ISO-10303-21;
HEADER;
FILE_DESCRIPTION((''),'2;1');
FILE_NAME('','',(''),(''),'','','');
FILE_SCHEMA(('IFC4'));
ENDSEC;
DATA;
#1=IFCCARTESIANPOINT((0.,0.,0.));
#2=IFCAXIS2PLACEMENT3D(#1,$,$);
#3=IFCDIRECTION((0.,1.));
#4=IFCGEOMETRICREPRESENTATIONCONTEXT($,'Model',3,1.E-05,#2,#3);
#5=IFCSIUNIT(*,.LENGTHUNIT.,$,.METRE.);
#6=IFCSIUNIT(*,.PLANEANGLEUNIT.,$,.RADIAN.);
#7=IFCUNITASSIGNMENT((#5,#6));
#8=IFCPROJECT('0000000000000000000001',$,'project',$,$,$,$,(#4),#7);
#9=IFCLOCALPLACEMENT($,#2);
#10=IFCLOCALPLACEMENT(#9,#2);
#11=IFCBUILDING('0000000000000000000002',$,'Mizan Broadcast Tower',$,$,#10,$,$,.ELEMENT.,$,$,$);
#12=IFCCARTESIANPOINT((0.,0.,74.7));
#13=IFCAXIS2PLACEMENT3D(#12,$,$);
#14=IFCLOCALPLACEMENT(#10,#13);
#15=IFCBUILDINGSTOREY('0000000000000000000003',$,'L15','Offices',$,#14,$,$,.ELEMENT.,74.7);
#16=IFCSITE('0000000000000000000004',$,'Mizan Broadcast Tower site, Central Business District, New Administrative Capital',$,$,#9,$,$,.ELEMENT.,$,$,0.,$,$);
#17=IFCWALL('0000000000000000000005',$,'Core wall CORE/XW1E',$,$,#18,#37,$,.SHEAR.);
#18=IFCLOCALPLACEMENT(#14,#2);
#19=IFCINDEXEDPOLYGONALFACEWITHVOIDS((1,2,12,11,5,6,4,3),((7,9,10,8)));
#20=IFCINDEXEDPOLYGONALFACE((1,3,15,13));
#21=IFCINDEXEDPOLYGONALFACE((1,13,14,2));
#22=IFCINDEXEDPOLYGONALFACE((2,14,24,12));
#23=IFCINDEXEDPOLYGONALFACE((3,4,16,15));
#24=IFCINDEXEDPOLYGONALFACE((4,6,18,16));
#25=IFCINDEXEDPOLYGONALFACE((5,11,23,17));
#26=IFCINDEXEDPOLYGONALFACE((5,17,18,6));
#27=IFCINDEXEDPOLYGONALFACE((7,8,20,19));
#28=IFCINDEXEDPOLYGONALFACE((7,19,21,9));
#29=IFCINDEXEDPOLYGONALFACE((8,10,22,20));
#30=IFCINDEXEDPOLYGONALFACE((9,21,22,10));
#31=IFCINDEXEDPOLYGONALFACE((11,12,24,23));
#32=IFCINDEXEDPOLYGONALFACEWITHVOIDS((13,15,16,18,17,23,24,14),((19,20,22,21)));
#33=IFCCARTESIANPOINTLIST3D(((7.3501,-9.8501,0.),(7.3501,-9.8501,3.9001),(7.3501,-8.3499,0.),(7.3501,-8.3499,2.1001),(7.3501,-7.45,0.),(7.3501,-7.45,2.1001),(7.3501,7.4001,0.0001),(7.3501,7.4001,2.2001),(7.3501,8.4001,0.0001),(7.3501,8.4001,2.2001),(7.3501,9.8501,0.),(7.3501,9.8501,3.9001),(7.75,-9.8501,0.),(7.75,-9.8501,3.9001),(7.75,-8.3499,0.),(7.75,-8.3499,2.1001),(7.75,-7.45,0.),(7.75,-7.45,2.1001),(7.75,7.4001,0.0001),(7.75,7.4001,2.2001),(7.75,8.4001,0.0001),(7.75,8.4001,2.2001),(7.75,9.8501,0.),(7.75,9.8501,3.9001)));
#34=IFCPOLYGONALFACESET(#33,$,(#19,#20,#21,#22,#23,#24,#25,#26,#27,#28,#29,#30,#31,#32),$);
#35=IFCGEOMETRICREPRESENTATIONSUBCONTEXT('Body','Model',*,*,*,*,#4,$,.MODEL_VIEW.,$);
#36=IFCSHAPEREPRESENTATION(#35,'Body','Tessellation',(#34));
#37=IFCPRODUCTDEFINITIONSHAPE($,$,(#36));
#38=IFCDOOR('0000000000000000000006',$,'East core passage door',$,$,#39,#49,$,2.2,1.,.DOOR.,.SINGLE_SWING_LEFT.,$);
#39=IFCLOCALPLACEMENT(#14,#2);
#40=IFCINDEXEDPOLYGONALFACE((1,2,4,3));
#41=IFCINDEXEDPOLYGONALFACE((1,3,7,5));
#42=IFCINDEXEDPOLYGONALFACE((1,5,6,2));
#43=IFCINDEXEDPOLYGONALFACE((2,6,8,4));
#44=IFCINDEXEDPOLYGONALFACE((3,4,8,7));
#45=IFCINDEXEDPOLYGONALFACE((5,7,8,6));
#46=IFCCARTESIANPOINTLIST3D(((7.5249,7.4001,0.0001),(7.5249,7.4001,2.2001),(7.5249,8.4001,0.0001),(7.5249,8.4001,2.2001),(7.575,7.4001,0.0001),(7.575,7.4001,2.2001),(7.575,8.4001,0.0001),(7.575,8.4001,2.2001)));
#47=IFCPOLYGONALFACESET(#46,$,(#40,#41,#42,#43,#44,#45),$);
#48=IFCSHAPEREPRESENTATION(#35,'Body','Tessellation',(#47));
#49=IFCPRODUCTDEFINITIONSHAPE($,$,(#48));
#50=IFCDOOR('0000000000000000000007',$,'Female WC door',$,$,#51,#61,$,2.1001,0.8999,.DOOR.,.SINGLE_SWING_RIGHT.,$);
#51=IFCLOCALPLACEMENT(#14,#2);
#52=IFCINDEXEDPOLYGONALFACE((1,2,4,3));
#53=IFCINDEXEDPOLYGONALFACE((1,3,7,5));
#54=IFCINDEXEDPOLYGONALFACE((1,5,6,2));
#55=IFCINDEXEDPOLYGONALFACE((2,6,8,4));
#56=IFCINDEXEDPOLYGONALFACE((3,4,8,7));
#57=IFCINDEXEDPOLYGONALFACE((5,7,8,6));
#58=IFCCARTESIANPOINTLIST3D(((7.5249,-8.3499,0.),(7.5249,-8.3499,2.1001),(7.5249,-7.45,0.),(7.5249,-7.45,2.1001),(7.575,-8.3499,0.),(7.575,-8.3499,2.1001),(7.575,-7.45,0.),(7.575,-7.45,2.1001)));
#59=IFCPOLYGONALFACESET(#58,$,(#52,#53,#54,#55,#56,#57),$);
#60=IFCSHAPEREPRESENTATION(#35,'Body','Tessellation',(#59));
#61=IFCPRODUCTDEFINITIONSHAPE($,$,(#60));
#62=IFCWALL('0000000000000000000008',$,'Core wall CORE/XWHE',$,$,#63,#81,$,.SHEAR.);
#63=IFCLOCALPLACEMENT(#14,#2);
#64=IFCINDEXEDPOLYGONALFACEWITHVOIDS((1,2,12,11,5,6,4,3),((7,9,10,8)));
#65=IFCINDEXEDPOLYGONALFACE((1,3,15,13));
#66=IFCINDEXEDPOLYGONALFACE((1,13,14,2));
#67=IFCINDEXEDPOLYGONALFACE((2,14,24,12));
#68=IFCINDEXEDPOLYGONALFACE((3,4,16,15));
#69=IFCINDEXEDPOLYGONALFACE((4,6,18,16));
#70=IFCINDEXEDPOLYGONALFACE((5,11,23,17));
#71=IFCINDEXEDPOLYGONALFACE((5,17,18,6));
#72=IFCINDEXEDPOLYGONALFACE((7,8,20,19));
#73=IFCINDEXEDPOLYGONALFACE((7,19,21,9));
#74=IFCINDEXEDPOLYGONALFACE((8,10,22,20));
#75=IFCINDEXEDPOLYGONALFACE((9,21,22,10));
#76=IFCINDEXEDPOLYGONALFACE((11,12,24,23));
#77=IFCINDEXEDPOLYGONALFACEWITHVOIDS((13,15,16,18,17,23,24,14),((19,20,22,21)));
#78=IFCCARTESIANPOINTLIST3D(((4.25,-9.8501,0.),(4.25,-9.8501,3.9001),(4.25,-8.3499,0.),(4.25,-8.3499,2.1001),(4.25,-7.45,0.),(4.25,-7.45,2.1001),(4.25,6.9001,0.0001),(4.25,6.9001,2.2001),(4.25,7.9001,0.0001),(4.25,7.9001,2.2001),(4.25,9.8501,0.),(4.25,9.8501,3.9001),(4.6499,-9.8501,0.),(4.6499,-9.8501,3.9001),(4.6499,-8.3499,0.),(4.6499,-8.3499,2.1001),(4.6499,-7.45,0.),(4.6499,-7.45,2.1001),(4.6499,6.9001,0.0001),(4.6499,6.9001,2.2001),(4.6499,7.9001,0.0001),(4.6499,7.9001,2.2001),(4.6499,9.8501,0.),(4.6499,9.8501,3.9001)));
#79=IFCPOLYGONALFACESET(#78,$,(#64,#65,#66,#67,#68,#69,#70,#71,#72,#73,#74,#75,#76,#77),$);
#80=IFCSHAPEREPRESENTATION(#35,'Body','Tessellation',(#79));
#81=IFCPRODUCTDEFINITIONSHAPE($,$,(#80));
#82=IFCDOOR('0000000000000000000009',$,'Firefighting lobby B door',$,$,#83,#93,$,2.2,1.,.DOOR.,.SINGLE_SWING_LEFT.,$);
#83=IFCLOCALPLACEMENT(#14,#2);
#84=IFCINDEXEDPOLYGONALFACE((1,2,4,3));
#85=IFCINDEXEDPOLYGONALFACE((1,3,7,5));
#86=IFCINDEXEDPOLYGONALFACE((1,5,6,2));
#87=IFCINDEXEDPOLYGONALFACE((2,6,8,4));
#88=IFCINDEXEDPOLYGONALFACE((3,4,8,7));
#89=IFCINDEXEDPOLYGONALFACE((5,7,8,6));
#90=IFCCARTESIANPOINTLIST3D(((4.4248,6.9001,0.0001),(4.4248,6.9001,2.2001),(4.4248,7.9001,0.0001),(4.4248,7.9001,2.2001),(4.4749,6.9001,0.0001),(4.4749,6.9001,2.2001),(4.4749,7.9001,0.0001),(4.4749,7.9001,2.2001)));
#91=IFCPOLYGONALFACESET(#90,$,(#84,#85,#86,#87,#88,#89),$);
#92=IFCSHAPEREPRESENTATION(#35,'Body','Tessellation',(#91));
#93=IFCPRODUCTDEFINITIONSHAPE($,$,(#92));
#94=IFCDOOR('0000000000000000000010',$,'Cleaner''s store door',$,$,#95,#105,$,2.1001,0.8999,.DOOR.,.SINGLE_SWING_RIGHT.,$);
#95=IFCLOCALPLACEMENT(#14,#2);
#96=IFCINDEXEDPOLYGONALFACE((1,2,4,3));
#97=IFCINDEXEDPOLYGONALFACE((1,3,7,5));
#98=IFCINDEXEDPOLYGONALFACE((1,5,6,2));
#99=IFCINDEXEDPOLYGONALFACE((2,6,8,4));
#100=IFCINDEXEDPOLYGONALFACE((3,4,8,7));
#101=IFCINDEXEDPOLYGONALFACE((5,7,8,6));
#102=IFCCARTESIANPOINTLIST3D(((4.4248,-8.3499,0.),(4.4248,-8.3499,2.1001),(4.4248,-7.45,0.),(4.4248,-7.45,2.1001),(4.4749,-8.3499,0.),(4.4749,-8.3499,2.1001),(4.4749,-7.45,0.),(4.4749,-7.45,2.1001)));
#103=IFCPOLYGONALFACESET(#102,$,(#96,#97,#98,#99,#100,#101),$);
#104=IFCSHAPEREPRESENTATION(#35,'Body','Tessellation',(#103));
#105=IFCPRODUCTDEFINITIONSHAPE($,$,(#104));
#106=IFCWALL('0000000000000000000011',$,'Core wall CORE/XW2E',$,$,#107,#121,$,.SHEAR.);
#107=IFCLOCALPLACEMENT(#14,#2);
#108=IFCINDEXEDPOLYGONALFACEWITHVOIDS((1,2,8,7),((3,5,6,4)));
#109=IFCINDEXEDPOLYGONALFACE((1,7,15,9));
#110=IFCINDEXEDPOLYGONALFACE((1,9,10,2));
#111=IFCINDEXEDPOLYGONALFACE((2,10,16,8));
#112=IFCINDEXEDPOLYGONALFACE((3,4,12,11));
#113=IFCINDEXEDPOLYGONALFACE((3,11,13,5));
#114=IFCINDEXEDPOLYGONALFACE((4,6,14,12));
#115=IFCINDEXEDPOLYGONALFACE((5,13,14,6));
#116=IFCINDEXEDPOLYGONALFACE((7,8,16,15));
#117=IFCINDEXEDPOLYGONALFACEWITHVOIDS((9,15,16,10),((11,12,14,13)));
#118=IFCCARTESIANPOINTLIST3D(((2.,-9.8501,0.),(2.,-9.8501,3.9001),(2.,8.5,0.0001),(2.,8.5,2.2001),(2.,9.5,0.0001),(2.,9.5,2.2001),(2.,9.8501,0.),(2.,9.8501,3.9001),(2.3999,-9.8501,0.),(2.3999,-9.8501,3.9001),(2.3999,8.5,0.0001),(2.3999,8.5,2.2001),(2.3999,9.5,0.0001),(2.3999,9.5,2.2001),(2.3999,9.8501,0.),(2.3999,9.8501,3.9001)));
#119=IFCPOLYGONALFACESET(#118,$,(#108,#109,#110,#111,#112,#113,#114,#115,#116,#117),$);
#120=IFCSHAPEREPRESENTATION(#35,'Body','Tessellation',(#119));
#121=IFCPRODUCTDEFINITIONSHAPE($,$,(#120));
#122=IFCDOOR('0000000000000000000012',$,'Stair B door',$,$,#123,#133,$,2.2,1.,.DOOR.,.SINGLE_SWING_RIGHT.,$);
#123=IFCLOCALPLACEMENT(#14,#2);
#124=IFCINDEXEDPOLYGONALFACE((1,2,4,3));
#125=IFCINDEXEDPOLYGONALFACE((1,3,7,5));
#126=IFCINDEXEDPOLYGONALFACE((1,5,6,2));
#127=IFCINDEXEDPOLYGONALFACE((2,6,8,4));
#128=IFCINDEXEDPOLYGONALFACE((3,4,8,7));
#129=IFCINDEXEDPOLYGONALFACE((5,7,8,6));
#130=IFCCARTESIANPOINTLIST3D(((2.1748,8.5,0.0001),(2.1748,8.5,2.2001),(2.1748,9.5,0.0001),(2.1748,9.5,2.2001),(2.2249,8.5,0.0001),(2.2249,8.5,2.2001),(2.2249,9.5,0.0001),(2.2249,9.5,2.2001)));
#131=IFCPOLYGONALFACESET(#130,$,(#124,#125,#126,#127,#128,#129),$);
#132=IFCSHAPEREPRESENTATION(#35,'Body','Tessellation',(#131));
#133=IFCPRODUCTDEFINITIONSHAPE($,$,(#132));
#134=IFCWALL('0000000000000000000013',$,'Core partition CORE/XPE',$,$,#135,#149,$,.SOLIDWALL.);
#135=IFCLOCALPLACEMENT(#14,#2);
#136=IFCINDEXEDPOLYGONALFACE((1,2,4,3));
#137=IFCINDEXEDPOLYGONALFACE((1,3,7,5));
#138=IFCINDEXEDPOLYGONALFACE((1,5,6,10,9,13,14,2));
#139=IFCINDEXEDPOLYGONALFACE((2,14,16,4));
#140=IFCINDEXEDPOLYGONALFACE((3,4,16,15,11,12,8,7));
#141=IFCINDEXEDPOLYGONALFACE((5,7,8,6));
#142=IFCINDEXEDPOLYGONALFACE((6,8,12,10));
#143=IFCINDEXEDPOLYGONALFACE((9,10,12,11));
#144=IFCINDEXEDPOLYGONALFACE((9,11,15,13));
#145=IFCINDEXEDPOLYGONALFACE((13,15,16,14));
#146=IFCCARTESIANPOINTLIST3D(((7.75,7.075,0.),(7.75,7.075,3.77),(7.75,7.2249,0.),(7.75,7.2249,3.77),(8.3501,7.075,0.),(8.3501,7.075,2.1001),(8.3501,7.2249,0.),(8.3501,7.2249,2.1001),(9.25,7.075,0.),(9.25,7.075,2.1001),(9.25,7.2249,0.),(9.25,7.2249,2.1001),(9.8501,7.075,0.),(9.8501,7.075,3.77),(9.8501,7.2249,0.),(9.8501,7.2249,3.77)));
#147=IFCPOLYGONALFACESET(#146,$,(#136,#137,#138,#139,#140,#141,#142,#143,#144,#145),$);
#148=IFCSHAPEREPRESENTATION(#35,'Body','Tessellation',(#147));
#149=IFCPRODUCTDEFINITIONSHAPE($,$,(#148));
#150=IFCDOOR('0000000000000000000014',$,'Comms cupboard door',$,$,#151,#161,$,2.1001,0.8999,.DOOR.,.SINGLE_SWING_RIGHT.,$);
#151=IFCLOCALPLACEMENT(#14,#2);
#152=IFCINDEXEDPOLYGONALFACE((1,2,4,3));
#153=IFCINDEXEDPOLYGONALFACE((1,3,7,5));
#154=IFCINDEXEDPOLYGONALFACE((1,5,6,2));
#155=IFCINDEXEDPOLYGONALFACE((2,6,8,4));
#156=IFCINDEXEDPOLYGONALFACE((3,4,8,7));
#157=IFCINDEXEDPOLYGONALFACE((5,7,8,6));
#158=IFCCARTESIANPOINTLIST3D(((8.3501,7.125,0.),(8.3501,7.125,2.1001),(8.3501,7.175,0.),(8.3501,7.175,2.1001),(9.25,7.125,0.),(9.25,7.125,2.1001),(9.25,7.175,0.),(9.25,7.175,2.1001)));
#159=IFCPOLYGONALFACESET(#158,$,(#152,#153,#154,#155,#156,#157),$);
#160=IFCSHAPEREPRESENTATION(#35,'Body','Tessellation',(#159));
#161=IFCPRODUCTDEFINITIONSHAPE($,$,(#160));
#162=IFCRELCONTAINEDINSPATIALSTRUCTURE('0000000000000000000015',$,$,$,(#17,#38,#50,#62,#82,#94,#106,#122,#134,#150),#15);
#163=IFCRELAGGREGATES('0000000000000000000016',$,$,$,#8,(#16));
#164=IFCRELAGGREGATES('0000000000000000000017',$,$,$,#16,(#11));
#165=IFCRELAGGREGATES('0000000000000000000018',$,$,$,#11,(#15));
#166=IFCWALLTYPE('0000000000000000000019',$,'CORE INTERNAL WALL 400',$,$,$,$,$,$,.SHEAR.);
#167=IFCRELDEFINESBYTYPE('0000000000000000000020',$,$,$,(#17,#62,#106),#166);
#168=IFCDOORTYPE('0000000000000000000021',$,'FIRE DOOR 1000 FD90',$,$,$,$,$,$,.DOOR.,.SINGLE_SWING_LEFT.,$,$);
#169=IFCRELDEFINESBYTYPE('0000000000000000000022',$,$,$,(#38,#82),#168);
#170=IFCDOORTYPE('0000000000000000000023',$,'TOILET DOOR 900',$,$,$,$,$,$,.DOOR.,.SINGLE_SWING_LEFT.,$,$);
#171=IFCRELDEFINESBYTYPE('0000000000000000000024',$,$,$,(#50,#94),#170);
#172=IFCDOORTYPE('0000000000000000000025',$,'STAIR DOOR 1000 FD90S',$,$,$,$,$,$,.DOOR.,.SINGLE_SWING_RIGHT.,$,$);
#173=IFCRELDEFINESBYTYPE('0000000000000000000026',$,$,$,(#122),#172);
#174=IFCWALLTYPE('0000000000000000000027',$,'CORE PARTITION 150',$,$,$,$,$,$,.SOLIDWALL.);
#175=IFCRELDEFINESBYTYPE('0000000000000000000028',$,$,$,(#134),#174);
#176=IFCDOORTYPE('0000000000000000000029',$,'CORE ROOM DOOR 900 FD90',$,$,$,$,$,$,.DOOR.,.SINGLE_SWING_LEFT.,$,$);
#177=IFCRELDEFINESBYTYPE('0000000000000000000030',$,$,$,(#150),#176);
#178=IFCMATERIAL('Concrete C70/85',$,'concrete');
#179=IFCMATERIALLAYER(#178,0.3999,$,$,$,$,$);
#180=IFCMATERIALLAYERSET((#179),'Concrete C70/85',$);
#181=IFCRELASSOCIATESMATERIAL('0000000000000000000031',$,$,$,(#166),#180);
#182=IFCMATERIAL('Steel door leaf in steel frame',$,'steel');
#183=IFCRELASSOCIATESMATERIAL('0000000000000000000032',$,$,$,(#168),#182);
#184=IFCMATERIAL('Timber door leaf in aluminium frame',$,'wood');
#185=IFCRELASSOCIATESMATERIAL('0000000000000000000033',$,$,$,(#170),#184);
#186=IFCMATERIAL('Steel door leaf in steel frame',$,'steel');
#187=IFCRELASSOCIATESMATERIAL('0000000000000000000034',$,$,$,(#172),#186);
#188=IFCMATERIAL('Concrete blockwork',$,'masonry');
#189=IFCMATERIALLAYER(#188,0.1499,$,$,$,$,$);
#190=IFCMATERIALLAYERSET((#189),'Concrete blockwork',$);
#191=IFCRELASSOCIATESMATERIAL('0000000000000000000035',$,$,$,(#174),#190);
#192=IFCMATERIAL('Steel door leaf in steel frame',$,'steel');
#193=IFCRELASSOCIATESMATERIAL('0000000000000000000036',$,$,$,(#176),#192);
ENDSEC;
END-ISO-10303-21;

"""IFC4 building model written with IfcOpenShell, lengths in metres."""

from ifc_helpers import new_model, si_unit, direction, frame, frame_2d, origin, place, context, subcontext, project, spatial, rectangle, extrude, material, layer, layer_set, type_object, element, fill, save


model = new_model("IFC4")

# Units and contexts
model_context = context("Model", 3, precision=1e-05, world=origin(), true_north=direction((0.0, 1.0)))
body_context = subcontext(model_context, "Body", "Model", "MODEL_VIEW")
ifc_project = project(units=[si_unit("LENGTHUNIT", "METRE"), si_unit("PLANEANGLEUNIT", "RADIAN")], contexts=[model_context])

# Site, building, storey
site_placement = place(None, origin())
site = spatial("IfcSite", under=ifc_project, at=site_placement, Name="Mizan Broadcast Tower site, Central Business District, New Administrative Capital", CompositionType="ELEMENT", RefElevation=0.0)
building_placement = place(site_placement, origin())
building = spatial("IfcBuilding", under=site, at=building_placement, Name="Mizan Broadcast Tower", CompositionType="ELEMENT")
storey_placement = place(building_placement, frame((0.0, 0.0, 74.7)))
storey = spatial("IfcBuildingStorey", under=building, at=storey_placement, Name="L15", Description="Offices", CompositionType="ELEMENT", Elevation=74.7)

# Walls, openings, doors
ifc_material_1 = material(Name="Concrete C70/85", Category="concrete")
ifc_layer_1 = layer(ifc_material_1, 0.3999)
ifc_layer_set_1 = layer_set([ifc_layer_1], Name="Concrete C70/85")
wall_type_1 = type_object("IfcWallType", Name="CORE INTERNAL WALL 400", PredefinedType="SHEAR", material=ifc_layer_set_1)
wall_1_placement = place(storey_placement, frame((7.55, 9.8501, 0.0), z_axis=(0.0, 0.0, 1.0), x_axis=(0.0, -1.0, 0.0)))
wall_1 = element("IfcWall", 1, at=wall_1_placement, inside=storey, type_object=wall_type_1, Name="Core wall CORE/XW1E", PredefinedType="SHEAR", context=body_context, shape_type="SweptSolid", body=[
    extrude(rectangle(XDim=19.7002, YDim=0.3999, at=frame_2d((9.8501, 0.0))), origin(), (0.0, 0.0, 1.0), 3.9001),
])
opening_1_placement = place(wall_1_placement, frame((1.45, 0.0, 0.0)))
opening_1 = element("IfcOpeningElement", 2, at=opening_1_placement, cuts=wall_1, PredefinedType="OPENING", context=body_context, shape_type="SweptSolid", body=[
    extrude(rectangle(XDim=1.0, YDim=2.2, at=frame_2d((0.5, 1.1001))), frame((0.0, 0.21, 0.0), z_axis=(0.0, -1.0, 0.0), x_axis=(1.0, 0.0, 0.0)), (0.0, 0.0, 1.0), 0.4199),
])
opening_2_placement = place(wall_1_placement, frame((17.3, 0.0, 0.0)))
opening_2 = element("IfcOpeningElement", 3, at=opening_2_placement, cuts=wall_1, PredefinedType="OPENING", context=body_context, shape_type="SweptSolid", body=[
    extrude(rectangle(XDim=0.8999, YDim=2.1001, at=frame_2d((0.45, 1.05))), frame((0.0, 0.21, 0.0), z_axis=(0.0, -1.0, 0.0), x_axis=(1.0, 0.0, 0.0)), (0.0, 0.0, 1.0), 0.4199),
])
ifc_material_2 = material(Name="Steel door leaf in steel frame", Category="steel")
door_type_1 = type_object("IfcDoorType", Name="FIRE DOOR 1000 FD90", OperationType="SINGLE_SWING_LEFT", PredefinedType="DOOR", material=ifc_material_2)
door_1_placement = place(opening_1_placement, origin())
door_1 = element("IfcDoor", 4, at=door_1_placement, inside=storey, type_object=door_type_1, Name="East core passage door", OperationType="SINGLE_SWING_LEFT", OverallHeight=2.2, OverallWidth=1.0, PredefinedType="DOOR", context=body_context, shape_type="SweptSolid", body=[
    extrude(rectangle(XDim=1.0, YDim=2.2, at=frame_2d((0.5, 1.1001))), frame((0.0, 0.0249, 0.0), z_axis=(0.0, -1.0, 0.0), x_axis=(1.0, 0.0, 0.0)), (0.0, 0.0, 1.0), 0.05),
])
fill(opening_1, door_1)
ifc_material_3 = material(Name="Timber door leaf in aluminium frame", Category="wood")
door_type_2 = type_object("IfcDoorType", Name="TOILET DOOR 900", OperationType="SINGLE_SWING_LEFT", PredefinedType="DOOR", material=ifc_material_3)
door_2_placement = place(opening_2_placement, origin())
door_2 = element("IfcDoor", 5, at=door_2_placement, inside=storey, type_object=door_type_2, Name="Female WC door", OperationType="SINGLE_SWING_RIGHT", OverallHeight=2.1001, OverallWidth=0.8999, PredefinedType="DOOR", context=body_context, shape_type="SweptSolid", body=[
    extrude(rectangle(XDim=0.8999, YDim=2.1001, at=frame_2d((0.45, 1.05))), frame((0.0, 0.0249, 0.0), z_axis=(0.0, -1.0, 0.0), x_axis=(1.0, 0.0, 0.0)), (0.0, 0.0, 1.0), 0.05),
])
fill(opening_2, door_2)
wall_2_placement = place(storey_placement, frame((4.45, 9.8501, 0.0), z_axis=(0.0, 0.0, 1.0), x_axis=(0.0, -1.0, 0.0)))
wall_2 = element("IfcWall", 6, at=wall_2_placement, inside=storey, type_object=wall_type_1, Name="Core wall CORE/XWHE", PredefinedType="SHEAR", context=body_context, shape_type="SweptSolid", body=[
    extrude(rectangle(XDim=19.7002, YDim=0.3999, at=frame_2d((9.8501, 0.0))), origin(), (0.0, 0.0, 1.0), 3.9001),
])
opening_3_placement = place(wall_2_placement, frame((1.95, 0.0, 0.0)))
opening_3 = element("IfcOpeningElement", 7, at=opening_3_placement, cuts=wall_2, PredefinedType="OPENING", context=body_context, shape_type="SweptSolid", body=[
    extrude(rectangle(XDim=1.0, YDim=2.2, at=frame_2d((0.5, 1.1001))), frame((0.0, 0.21, 0.0), z_axis=(0.0, -1.0, 0.0), x_axis=(1.0, 0.0, 0.0)), (0.0, 0.0, 1.0), 0.4199),
])
opening_4_placement = place(wall_2_placement, frame((17.3, 0.0, 0.0)))
opening_4 = element("IfcOpeningElement", 8, at=opening_4_placement, cuts=wall_2, PredefinedType="OPENING", context=body_context, shape_type="SweptSolid", body=[
    extrude(rectangle(XDim=0.8999, YDim=2.1001, at=frame_2d((0.45, 1.05))), frame((0.0, 0.21, 0.0), z_axis=(0.0, -1.0, 0.0), x_axis=(1.0, 0.0, 0.0)), (0.0, 0.0, 1.0), 0.4199),
])
door_3_placement = place(opening_3_placement, origin())
door_3 = element("IfcDoor", 9, at=door_3_placement, inside=storey, type_object=door_type_1, Name="Firefighting lobby B door", OperationType="SINGLE_SWING_LEFT", OverallHeight=2.2, OverallWidth=1.0, PredefinedType="DOOR", context=body_context, shape_type="SweptSolid", body=[
    extrude(rectangle(XDim=1.0, YDim=2.2, at=frame_2d((0.5, 1.1001))), frame((0.0, 0.0249, 0.0), z_axis=(0.0, -1.0, 0.0), x_axis=(1.0, 0.0, 0.0)), (0.0, 0.0, 1.0), 0.05),
])
fill(opening_3, door_3)
door_4_placement = place(opening_4_placement, origin())
door_4 = element("IfcDoor", 10, at=door_4_placement, inside=storey, type_object=door_type_2, Name="Cleaner's store door", OperationType="SINGLE_SWING_RIGHT", OverallHeight=2.1001, OverallWidth=0.8999, PredefinedType="DOOR", context=body_context, shape_type="SweptSolid", body=[
    extrude(rectangle(XDim=0.8999, YDim=2.1001, at=frame_2d((0.45, 1.05))), frame((0.0, 0.0249, 0.0), z_axis=(0.0, -1.0, 0.0), x_axis=(1.0, 0.0, 0.0)), (0.0, 0.0, 1.0), 0.05),
])
fill(opening_4, door_4)

# Walls, openings, doors
wall_3_placement = place(storey_placement, frame((2.2, 9.8501, 0.0), z_axis=(0.0, 0.0, 1.0), x_axis=(0.0, -1.0, 0.0)))
wall_3 = element("IfcWall", 11, at=wall_3_placement, inside=storey, type_object=wall_type_1, Name="Core wall CORE/XW2E", PredefinedType="SHEAR", context=body_context, shape_type="SweptSolid", body=[
    extrude(rectangle(XDim=19.7002, YDim=0.3999, at=frame_2d((9.8501, 0.0))), origin(), (0.0, 0.0, 1.0), 3.9001),
])
opening_5_placement = place(wall_3_placement, frame((0.3501, 0.0, 0.0)))
opening_5 = element("IfcOpeningElement", 12, at=opening_5_placement, cuts=wall_3, PredefinedType="OPENING", context=body_context, shape_type="SweptSolid", body=[
    extrude(rectangle(XDim=1.0, YDim=2.2, at=frame_2d((0.5, 1.1001))), frame((0.0, 0.21, 0.0), z_axis=(0.0, -1.0, 0.0), x_axis=(1.0, 0.0, 0.0)), (0.0, 0.0, 1.0), 0.4199),
])
ifc_material_4 = material(Name="Steel door leaf in steel frame", Category="steel")
door_type_3 = type_object("IfcDoorType", Name="STAIR DOOR 1000 FD90S", OperationType="SINGLE_SWING_RIGHT", PredefinedType="DOOR", material=ifc_material_4)
door_5_placement = place(opening_5_placement, origin())
door_5 = element("IfcDoor", 13, at=door_5_placement, inside=storey, type_object=door_type_3, Name="Stair B door", OperationType="SINGLE_SWING_RIGHT", OverallHeight=2.2, OverallWidth=1.0, PredefinedType="DOOR", context=body_context, shape_type="SweptSolid", body=[
    extrude(rectangle(XDim=1.0, YDim=2.2, at=frame_2d((0.5, 1.1001))), frame((0.0, 0.0249, 0.0), z_axis=(0.0, -1.0, 0.0), x_axis=(1.0, 0.0, 0.0)), (0.0, 0.0, 1.0), 0.05),
])
fill(opening_5, door_5)
ifc_material_5 = material(Name="Concrete blockwork", Category="masonry")
ifc_layer_2 = layer(ifc_material_5, 0.1499)
ifc_layer_set_2 = layer_set([ifc_layer_2], Name="Concrete blockwork")
wall_type_2 = type_object("IfcWallType", Name="CORE PARTITION 150", PredefinedType="SOLIDWALL", material=ifc_layer_set_2)
wall_4_placement = place(storey_placement, frame((9.8501, 7.1499, 0.0), z_axis=(0.0, 0.0, 1.0), x_axis=(-1.0, 0.0, 0.0)))
wall_4 = element("IfcWall", 14, at=wall_4_placement, inside=storey, type_object=wall_type_2, Name="Core partition CORE/XPE", PredefinedType="SOLIDWALL", context=body_context, shape_type="SweptSolid", body=[
    extrude(rectangle(XDim=2.1001, YDim=0.1499, at=frame_2d((1.05, 0.0))), origin(), (0.0, 0.0, 1.0), 3.77),
])
opening_6_placement = place(wall_4_placement, frame((0.6001, 0.0, 0.0)))
opening_6 = element("IfcOpeningElement", 15, at=opening_6_placement, cuts=wall_4, PredefinedType="OPENING", context=body_context, shape_type="SweptSolid", body=[
    extrude(rectangle(XDim=0.8999, YDim=2.1001, at=frame_2d((0.45, 1.05))), frame((0.0, 0.085, 0.0), z_axis=(0.0, -1.0, 0.0), x_axis=(1.0, 0.0, 0.0)), (0.0, 0.0, 1.0), 0.1699),
])
ifc_material_6 = material(Name="Steel door leaf in steel frame", Category="steel")
door_type_4 = type_object("IfcDoorType", Name="CORE ROOM DOOR 900 FD90", OperationType="SINGLE_SWING_LEFT", PredefinedType="DOOR", material=ifc_material_6)
door_6_placement = place(opening_6_placement, origin())
door_6 = element("IfcDoor", 16, at=door_6_placement, inside=storey, type_object=door_type_4, Name="Comms cupboard door", OperationType="SINGLE_SWING_RIGHT", OverallHeight=2.1001, OverallWidth=0.8999, PredefinedType="DOOR", context=body_context, shape_type="SweptSolid", body=[
    extrude(rectangle(XDim=0.8999, YDim=2.1001, at=frame_2d((0.45, 1.05))), frame((0.0, 0.0249, 0.0), z_axis=(0.0, -1.0, 0.0), x_axis=(1.0, 0.0, 0.0)), (0.0, 0.0, 1.0), 0.05),
])
fill(opening_6, door_6)

save(model, "model.ifc")
